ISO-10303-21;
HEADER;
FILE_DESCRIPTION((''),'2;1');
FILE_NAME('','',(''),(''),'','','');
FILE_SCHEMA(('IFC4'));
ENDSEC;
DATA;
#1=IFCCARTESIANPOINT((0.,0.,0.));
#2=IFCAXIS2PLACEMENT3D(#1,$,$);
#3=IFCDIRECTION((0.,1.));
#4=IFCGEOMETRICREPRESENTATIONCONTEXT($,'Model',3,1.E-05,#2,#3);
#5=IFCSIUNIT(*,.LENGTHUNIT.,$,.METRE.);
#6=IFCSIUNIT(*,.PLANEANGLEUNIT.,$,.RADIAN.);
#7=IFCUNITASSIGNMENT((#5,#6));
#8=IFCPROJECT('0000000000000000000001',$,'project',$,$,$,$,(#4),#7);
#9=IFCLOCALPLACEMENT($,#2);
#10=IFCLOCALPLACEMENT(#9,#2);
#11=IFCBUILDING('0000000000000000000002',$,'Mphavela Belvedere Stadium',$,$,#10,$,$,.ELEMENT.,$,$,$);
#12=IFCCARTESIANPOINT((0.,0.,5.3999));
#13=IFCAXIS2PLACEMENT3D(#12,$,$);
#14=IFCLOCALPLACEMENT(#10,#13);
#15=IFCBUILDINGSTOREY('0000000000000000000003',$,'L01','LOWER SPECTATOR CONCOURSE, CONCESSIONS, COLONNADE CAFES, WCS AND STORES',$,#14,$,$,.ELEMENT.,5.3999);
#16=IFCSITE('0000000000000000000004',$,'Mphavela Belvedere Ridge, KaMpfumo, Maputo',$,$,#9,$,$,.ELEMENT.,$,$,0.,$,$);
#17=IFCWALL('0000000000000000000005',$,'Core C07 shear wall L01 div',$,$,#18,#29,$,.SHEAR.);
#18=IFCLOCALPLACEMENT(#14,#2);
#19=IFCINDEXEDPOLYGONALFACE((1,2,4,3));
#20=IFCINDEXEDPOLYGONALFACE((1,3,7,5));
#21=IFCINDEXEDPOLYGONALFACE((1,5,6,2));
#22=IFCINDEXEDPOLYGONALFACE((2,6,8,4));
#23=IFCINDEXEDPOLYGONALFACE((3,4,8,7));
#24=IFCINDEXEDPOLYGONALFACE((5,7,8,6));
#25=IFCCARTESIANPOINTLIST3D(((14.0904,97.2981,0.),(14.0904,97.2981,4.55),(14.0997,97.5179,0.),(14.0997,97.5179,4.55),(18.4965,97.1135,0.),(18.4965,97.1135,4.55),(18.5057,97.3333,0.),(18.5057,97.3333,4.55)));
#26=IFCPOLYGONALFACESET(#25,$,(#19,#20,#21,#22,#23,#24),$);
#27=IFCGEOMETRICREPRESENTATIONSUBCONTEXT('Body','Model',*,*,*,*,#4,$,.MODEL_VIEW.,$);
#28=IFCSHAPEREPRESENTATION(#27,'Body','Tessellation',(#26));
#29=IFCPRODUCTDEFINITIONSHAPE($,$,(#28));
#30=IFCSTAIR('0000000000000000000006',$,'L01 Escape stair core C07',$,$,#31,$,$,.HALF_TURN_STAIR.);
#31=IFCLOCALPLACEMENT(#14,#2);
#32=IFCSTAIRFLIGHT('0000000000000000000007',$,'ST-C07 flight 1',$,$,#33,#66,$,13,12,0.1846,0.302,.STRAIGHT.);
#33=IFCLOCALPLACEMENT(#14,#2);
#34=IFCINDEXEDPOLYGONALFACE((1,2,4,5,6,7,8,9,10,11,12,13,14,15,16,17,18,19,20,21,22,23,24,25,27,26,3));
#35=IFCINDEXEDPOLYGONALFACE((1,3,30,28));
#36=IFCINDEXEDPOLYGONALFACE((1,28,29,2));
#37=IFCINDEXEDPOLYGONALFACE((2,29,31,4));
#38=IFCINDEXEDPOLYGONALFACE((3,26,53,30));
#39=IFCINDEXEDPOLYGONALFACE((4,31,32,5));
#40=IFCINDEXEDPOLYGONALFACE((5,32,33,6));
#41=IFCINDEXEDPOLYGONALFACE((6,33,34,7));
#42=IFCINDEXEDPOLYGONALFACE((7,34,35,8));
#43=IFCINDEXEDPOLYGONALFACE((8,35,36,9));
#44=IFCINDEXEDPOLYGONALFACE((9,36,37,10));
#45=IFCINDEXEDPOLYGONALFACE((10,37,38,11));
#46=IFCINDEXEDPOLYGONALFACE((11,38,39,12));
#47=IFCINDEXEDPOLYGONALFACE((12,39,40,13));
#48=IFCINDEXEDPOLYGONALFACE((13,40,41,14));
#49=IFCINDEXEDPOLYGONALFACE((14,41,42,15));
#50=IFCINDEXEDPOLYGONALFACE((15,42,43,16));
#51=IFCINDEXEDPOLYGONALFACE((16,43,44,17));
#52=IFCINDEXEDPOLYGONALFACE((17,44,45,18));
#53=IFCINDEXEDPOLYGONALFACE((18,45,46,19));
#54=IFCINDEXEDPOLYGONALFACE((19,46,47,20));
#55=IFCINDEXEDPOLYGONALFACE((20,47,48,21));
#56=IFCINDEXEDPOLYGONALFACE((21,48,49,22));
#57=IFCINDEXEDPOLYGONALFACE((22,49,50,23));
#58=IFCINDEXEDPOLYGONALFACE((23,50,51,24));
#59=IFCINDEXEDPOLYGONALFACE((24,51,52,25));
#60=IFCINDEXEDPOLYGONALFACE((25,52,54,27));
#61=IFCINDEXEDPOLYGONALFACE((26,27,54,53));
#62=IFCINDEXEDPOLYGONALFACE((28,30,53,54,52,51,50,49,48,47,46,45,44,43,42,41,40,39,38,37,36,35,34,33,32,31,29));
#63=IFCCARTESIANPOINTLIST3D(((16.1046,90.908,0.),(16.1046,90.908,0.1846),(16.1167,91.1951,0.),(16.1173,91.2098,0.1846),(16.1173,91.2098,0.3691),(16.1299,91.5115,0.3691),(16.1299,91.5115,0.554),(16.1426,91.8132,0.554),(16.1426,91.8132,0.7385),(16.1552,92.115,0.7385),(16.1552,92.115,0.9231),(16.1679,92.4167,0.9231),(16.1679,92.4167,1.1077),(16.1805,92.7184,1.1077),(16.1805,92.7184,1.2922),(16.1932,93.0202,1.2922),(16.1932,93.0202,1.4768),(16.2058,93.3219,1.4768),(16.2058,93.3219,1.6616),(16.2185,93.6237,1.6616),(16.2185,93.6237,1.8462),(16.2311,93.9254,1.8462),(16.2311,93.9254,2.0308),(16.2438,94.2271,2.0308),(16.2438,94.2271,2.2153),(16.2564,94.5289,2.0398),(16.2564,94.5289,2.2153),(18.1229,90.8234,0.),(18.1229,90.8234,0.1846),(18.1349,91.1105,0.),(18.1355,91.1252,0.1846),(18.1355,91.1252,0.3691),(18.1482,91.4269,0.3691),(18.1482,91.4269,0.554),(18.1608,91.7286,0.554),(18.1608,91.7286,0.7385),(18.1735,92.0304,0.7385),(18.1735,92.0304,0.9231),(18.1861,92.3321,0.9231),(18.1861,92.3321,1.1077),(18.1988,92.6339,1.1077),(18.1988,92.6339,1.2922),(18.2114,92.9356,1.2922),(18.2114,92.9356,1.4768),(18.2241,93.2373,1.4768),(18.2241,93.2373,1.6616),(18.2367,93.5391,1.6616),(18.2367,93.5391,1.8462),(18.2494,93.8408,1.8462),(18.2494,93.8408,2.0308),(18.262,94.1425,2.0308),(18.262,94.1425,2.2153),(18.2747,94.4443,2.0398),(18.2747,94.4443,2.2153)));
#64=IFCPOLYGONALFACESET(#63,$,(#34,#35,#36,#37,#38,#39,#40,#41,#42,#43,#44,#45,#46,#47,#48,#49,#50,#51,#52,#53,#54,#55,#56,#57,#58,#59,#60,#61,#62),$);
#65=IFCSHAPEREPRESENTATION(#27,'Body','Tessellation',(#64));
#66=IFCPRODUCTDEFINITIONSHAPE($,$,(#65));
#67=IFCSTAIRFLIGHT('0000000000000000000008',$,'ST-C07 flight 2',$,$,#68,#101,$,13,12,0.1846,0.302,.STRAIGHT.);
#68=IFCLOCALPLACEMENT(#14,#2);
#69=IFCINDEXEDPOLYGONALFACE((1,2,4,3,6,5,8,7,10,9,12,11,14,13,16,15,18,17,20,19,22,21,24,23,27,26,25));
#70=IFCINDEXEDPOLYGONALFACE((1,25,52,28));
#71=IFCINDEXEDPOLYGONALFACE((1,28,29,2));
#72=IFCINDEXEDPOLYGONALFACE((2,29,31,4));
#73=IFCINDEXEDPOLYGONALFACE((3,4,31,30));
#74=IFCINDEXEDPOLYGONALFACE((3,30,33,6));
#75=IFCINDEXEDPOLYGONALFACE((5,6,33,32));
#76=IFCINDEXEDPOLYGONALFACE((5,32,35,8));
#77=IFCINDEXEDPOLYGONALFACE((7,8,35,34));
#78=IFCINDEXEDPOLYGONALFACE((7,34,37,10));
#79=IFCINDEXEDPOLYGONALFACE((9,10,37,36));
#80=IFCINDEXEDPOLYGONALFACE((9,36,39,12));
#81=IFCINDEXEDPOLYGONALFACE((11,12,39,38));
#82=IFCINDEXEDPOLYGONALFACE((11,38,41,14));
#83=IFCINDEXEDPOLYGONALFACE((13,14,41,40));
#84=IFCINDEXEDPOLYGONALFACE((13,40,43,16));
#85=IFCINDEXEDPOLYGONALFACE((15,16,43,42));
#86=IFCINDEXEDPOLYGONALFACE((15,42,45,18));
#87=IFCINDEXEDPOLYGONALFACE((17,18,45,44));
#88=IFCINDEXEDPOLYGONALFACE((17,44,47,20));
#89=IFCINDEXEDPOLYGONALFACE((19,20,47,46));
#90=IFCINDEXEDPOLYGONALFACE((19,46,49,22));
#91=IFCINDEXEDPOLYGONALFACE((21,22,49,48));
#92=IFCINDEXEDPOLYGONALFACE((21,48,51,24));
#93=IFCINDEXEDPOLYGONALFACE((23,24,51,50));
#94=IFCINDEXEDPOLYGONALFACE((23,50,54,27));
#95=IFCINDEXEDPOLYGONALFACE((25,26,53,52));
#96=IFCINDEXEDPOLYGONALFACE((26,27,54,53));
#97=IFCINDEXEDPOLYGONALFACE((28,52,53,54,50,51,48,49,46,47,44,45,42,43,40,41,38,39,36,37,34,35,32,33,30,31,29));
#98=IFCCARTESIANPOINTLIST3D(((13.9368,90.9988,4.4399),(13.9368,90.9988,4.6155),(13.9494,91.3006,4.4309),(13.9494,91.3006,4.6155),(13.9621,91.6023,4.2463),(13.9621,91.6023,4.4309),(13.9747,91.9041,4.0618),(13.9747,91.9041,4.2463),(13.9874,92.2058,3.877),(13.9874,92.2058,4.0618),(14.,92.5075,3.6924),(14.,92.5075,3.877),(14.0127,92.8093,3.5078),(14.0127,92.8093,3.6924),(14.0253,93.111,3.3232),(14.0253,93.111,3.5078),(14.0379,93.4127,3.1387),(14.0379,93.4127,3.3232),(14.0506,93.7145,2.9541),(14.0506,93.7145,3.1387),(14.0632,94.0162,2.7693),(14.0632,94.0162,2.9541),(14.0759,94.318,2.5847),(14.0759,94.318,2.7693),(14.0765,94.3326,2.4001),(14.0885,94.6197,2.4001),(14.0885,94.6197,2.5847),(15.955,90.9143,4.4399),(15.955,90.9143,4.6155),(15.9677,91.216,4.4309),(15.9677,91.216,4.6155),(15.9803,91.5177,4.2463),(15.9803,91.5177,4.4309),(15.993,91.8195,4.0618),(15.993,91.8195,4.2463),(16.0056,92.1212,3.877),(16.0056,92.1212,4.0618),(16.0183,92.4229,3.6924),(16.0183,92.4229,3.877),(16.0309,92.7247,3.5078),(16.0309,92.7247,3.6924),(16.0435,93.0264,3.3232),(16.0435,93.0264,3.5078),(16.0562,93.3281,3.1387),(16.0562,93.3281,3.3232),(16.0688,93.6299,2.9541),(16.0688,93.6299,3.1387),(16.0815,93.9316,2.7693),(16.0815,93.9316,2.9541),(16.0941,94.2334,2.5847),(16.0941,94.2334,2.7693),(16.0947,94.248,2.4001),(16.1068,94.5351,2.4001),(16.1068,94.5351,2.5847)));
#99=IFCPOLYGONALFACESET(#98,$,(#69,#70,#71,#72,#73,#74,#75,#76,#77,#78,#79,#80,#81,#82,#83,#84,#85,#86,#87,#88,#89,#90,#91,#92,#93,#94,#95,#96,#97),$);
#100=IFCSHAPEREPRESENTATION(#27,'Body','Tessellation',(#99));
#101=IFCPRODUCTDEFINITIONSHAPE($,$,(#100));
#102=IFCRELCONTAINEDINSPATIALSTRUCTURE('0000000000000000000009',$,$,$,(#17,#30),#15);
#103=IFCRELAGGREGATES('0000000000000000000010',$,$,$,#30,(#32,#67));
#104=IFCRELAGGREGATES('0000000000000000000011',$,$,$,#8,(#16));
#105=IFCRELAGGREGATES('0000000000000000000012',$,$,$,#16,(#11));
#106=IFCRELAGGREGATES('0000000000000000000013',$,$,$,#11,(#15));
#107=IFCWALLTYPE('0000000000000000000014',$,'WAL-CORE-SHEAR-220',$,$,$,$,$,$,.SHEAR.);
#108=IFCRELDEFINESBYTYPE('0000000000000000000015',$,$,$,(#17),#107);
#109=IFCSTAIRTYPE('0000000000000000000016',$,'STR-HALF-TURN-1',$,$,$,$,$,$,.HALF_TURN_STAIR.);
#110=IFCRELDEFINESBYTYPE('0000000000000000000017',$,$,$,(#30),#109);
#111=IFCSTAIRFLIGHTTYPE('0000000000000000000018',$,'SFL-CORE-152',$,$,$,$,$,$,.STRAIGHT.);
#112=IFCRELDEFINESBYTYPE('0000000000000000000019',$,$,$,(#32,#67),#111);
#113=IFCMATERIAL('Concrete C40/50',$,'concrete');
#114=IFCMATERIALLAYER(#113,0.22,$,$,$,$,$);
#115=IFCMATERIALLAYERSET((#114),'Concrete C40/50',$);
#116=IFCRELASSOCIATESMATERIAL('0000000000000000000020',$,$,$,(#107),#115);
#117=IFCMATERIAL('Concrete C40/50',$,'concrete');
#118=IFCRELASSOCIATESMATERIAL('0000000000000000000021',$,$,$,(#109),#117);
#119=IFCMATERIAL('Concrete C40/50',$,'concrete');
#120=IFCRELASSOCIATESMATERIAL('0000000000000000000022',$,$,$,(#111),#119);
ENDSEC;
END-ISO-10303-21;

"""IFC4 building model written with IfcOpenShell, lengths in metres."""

from ifc_helpers import new_model, si_unit, direction, frame, frame_2d, origin, place, context, subcontext, project, spatial, polyline, rectangle, outline, extrude, material, layer, layer_set, type_object, element, aggregate, save


model = new_model("IFC4")

# Units and contexts
model_context = context("Model", 3, precision=1e-05, world=origin(), true_north=direction((0.0, 1.0)))
body_context = subcontext(model_context, "Body", "Model", "MODEL_VIEW")
ifc_project = project(units=[si_unit("LENGTHUNIT", "METRE"), si_unit("PLANEANGLEUNIT", "RADIAN")], contexts=[model_context])

# Site, building, storey
site_placement = place(None, origin())
site = spatial("IfcSite", under=ifc_project, at=site_placement, Name="Mphavela Belvedere Ridge, KaMpfumo, Maputo", CompositionType="ELEMENT", RefElevation=0.0)
building_placement = place(site_placement, origin())
building = spatial("IfcBuilding", under=site, at=building_placement, Name="Mphavela Belvedere Stadium", CompositionType="ELEMENT")
storey_placement = place(building_placement, frame((0.0, 0.0, 5.3999)))
storey = spatial("IfcBuildingStorey", under=building, at=storey_placement, Name="L01", Description="LOWER SPECTATOR CONCOURSE, CONCESSIONS, COLONNADE CAFES, WCS AND STORES", CompositionType="ELEMENT", Elevation=5.3999)

# Shared definitions
ifc_material_1 = material(Name="Concrete C40/50", Category="concrete")
ifc_layer_1 = layer(ifc_material_1, 0.22)
ifc_layer_set_1 = layer_set([ifc_layer_1], Name="Concrete C40/50")
wall_type = type_object("IfcWallType", Name="WAL-CORE-SHEAR-220", PredefinedType="SHEAR", material=ifc_layer_set_1)

# Wall
for number, where, z_axis, x_axis, name in (
    (1, (18.5012, 97.2234, 0.0), (0.0, 0.0, 1.0), (-0.999124, 0.041854, 0.0), "Core C07 shear wall L01 div"),
):
    element("IfcWall", number, at=place(storey_placement, frame(where, z_axis=z_axis, x_axis=x_axis)), inside=storey, type_object=wall_type, Name=name, PredefinedType="SHEAR", context=body_context, shape_type="SweptSolid", body=[
        extrude(rectangle(XDim=4.4099, YDim=0.22, at=frame_2d((2.2051, 0.0))), origin(), (0.0, 0.0, 1.0), 4.55),
    ])

# Stair, stair flights
ifc_material_2 = material(Name="Concrete C40/50", Category="concrete")
stair_type = type_object("IfcStairType", Name="STR-HALF-TURN-1", PredefinedType="HALF_TURN_STAIR", material=ifc_material_2)
stair_placement = place(storey_placement, origin())
stair = element("IfcStair", 2, at=stair_placement, inside=storey, type_object=stair_type, Name="L01 Escape stair core C07", PredefinedType="HALF_TURN_STAIR")
ifc_material_3 = material(Name="Concrete C40/50", Category="concrete")
stair_flight_type = type_object("IfcStairFlightType", Name="SFL-CORE-152", PredefinedType="STRAIGHT", material=ifc_material_3)
stair_flight_1_placement = place(storey_placement, frame((17.1138, 90.8657, 0.0), z_axis=(0.0, 0.0, 1.0), x_axis=(0.041876, 0.999123, 0.0)))
stair_flight_1 = element("IfcStairFlight", 3, at=stair_flight_1_placement, type_object=stair_flight_type, Name="ST-C07 flight 1", NumberOfRisers=13, NumberOfTreads=12, PredefinedType="STRAIGHT", RiserHeight=0.1846, TreadLength=0.302, context=body_context, shape_type="SweptSolid", body=[
    extrude(outline(polyline([(0.0, 0.0), (0.0, 0.1846), (0.302, 0.1846), (0.302, 0.3691), (0.604, 0.3691), (0.604, 0.554), (0.906, 0.554), (0.906, 0.7385), (1.208, 0.7385), (1.208, 0.9231), (1.51, 0.9231), (1.51, 1.1077), (1.812, 1.1077), (1.812, 1.2922), (2.114, 1.2922), (2.114, 1.4768), (2.416, 1.4768), (2.416, 1.6616), (2.718, 1.6616), (2.718, 1.8462), (3.02, 1.8462), (3.02, 2.0308), (3.322, 2.0308), (3.322, 2.2153), (3.624, 2.2153), (3.624, 2.3999), (3.624, 2.0398), (0.2874, 0.0), (0.0, 0.0)])), frame((0.0, 1.01, 0.0), z_axis=(0.0, -1.0, 0.0), x_axis=(1.0, 0.0, 0.0)), (0.0, 0.0, 1.0), 2.02),
])
stair_flight_2_placement = place(storey_placement, frame((15.0977, 94.5774, 2.4001), z_axis=(0.0, 0.0, 1.0), x_axis=(-0.041876, -0.999123, 0.0)))
stair_flight_2 = element("IfcStairFlight", 4, at=stair_flight_2_placement, type_object=stair_flight_type, Name="ST-C07 flight 2", NumberOfRisers=13, NumberOfTreads=12, PredefinedType="STRAIGHT", RiserHeight=0.1846, TreadLength=0.302, context=body_context, shape_type="SweptSolid", body=[
    extrude(outline(polyline([(0.0, 0.0), (0.0, 0.1846), (0.302, 0.1846), (0.302, 0.3691), (0.604, 0.3691), (0.604, 0.554), (0.906, 0.554), (0.906, 0.7385), (1.208, 0.7385), (1.208, 0.9231), (1.51, 0.9231), (1.51, 1.1077), (1.812, 1.1077), (1.812, 1.2922), (2.114, 1.2922), (2.114, 1.4768), (2.416, 1.4768), (2.416, 1.6616), (2.718, 1.6616), (2.718, 1.8462), (3.02, 1.8462), (3.02, 2.0308), (3.322, 2.0308), (3.322, 2.2153), (3.624, 2.2153), (3.624, 2.3999), (3.624, 2.0398), (0.2874, 0.0), (0.0, 0.0)])), frame((0.0, 1.01, 0.0), z_axis=(0.0, -1.0, 0.0), x_axis=(1.0, 0.0, 0.0)), (0.0, 0.0, 1.0), 2.02),
])
aggregate(stair, [stair_flight_1, stair_flight_2])

save(model, "model.ifc")
